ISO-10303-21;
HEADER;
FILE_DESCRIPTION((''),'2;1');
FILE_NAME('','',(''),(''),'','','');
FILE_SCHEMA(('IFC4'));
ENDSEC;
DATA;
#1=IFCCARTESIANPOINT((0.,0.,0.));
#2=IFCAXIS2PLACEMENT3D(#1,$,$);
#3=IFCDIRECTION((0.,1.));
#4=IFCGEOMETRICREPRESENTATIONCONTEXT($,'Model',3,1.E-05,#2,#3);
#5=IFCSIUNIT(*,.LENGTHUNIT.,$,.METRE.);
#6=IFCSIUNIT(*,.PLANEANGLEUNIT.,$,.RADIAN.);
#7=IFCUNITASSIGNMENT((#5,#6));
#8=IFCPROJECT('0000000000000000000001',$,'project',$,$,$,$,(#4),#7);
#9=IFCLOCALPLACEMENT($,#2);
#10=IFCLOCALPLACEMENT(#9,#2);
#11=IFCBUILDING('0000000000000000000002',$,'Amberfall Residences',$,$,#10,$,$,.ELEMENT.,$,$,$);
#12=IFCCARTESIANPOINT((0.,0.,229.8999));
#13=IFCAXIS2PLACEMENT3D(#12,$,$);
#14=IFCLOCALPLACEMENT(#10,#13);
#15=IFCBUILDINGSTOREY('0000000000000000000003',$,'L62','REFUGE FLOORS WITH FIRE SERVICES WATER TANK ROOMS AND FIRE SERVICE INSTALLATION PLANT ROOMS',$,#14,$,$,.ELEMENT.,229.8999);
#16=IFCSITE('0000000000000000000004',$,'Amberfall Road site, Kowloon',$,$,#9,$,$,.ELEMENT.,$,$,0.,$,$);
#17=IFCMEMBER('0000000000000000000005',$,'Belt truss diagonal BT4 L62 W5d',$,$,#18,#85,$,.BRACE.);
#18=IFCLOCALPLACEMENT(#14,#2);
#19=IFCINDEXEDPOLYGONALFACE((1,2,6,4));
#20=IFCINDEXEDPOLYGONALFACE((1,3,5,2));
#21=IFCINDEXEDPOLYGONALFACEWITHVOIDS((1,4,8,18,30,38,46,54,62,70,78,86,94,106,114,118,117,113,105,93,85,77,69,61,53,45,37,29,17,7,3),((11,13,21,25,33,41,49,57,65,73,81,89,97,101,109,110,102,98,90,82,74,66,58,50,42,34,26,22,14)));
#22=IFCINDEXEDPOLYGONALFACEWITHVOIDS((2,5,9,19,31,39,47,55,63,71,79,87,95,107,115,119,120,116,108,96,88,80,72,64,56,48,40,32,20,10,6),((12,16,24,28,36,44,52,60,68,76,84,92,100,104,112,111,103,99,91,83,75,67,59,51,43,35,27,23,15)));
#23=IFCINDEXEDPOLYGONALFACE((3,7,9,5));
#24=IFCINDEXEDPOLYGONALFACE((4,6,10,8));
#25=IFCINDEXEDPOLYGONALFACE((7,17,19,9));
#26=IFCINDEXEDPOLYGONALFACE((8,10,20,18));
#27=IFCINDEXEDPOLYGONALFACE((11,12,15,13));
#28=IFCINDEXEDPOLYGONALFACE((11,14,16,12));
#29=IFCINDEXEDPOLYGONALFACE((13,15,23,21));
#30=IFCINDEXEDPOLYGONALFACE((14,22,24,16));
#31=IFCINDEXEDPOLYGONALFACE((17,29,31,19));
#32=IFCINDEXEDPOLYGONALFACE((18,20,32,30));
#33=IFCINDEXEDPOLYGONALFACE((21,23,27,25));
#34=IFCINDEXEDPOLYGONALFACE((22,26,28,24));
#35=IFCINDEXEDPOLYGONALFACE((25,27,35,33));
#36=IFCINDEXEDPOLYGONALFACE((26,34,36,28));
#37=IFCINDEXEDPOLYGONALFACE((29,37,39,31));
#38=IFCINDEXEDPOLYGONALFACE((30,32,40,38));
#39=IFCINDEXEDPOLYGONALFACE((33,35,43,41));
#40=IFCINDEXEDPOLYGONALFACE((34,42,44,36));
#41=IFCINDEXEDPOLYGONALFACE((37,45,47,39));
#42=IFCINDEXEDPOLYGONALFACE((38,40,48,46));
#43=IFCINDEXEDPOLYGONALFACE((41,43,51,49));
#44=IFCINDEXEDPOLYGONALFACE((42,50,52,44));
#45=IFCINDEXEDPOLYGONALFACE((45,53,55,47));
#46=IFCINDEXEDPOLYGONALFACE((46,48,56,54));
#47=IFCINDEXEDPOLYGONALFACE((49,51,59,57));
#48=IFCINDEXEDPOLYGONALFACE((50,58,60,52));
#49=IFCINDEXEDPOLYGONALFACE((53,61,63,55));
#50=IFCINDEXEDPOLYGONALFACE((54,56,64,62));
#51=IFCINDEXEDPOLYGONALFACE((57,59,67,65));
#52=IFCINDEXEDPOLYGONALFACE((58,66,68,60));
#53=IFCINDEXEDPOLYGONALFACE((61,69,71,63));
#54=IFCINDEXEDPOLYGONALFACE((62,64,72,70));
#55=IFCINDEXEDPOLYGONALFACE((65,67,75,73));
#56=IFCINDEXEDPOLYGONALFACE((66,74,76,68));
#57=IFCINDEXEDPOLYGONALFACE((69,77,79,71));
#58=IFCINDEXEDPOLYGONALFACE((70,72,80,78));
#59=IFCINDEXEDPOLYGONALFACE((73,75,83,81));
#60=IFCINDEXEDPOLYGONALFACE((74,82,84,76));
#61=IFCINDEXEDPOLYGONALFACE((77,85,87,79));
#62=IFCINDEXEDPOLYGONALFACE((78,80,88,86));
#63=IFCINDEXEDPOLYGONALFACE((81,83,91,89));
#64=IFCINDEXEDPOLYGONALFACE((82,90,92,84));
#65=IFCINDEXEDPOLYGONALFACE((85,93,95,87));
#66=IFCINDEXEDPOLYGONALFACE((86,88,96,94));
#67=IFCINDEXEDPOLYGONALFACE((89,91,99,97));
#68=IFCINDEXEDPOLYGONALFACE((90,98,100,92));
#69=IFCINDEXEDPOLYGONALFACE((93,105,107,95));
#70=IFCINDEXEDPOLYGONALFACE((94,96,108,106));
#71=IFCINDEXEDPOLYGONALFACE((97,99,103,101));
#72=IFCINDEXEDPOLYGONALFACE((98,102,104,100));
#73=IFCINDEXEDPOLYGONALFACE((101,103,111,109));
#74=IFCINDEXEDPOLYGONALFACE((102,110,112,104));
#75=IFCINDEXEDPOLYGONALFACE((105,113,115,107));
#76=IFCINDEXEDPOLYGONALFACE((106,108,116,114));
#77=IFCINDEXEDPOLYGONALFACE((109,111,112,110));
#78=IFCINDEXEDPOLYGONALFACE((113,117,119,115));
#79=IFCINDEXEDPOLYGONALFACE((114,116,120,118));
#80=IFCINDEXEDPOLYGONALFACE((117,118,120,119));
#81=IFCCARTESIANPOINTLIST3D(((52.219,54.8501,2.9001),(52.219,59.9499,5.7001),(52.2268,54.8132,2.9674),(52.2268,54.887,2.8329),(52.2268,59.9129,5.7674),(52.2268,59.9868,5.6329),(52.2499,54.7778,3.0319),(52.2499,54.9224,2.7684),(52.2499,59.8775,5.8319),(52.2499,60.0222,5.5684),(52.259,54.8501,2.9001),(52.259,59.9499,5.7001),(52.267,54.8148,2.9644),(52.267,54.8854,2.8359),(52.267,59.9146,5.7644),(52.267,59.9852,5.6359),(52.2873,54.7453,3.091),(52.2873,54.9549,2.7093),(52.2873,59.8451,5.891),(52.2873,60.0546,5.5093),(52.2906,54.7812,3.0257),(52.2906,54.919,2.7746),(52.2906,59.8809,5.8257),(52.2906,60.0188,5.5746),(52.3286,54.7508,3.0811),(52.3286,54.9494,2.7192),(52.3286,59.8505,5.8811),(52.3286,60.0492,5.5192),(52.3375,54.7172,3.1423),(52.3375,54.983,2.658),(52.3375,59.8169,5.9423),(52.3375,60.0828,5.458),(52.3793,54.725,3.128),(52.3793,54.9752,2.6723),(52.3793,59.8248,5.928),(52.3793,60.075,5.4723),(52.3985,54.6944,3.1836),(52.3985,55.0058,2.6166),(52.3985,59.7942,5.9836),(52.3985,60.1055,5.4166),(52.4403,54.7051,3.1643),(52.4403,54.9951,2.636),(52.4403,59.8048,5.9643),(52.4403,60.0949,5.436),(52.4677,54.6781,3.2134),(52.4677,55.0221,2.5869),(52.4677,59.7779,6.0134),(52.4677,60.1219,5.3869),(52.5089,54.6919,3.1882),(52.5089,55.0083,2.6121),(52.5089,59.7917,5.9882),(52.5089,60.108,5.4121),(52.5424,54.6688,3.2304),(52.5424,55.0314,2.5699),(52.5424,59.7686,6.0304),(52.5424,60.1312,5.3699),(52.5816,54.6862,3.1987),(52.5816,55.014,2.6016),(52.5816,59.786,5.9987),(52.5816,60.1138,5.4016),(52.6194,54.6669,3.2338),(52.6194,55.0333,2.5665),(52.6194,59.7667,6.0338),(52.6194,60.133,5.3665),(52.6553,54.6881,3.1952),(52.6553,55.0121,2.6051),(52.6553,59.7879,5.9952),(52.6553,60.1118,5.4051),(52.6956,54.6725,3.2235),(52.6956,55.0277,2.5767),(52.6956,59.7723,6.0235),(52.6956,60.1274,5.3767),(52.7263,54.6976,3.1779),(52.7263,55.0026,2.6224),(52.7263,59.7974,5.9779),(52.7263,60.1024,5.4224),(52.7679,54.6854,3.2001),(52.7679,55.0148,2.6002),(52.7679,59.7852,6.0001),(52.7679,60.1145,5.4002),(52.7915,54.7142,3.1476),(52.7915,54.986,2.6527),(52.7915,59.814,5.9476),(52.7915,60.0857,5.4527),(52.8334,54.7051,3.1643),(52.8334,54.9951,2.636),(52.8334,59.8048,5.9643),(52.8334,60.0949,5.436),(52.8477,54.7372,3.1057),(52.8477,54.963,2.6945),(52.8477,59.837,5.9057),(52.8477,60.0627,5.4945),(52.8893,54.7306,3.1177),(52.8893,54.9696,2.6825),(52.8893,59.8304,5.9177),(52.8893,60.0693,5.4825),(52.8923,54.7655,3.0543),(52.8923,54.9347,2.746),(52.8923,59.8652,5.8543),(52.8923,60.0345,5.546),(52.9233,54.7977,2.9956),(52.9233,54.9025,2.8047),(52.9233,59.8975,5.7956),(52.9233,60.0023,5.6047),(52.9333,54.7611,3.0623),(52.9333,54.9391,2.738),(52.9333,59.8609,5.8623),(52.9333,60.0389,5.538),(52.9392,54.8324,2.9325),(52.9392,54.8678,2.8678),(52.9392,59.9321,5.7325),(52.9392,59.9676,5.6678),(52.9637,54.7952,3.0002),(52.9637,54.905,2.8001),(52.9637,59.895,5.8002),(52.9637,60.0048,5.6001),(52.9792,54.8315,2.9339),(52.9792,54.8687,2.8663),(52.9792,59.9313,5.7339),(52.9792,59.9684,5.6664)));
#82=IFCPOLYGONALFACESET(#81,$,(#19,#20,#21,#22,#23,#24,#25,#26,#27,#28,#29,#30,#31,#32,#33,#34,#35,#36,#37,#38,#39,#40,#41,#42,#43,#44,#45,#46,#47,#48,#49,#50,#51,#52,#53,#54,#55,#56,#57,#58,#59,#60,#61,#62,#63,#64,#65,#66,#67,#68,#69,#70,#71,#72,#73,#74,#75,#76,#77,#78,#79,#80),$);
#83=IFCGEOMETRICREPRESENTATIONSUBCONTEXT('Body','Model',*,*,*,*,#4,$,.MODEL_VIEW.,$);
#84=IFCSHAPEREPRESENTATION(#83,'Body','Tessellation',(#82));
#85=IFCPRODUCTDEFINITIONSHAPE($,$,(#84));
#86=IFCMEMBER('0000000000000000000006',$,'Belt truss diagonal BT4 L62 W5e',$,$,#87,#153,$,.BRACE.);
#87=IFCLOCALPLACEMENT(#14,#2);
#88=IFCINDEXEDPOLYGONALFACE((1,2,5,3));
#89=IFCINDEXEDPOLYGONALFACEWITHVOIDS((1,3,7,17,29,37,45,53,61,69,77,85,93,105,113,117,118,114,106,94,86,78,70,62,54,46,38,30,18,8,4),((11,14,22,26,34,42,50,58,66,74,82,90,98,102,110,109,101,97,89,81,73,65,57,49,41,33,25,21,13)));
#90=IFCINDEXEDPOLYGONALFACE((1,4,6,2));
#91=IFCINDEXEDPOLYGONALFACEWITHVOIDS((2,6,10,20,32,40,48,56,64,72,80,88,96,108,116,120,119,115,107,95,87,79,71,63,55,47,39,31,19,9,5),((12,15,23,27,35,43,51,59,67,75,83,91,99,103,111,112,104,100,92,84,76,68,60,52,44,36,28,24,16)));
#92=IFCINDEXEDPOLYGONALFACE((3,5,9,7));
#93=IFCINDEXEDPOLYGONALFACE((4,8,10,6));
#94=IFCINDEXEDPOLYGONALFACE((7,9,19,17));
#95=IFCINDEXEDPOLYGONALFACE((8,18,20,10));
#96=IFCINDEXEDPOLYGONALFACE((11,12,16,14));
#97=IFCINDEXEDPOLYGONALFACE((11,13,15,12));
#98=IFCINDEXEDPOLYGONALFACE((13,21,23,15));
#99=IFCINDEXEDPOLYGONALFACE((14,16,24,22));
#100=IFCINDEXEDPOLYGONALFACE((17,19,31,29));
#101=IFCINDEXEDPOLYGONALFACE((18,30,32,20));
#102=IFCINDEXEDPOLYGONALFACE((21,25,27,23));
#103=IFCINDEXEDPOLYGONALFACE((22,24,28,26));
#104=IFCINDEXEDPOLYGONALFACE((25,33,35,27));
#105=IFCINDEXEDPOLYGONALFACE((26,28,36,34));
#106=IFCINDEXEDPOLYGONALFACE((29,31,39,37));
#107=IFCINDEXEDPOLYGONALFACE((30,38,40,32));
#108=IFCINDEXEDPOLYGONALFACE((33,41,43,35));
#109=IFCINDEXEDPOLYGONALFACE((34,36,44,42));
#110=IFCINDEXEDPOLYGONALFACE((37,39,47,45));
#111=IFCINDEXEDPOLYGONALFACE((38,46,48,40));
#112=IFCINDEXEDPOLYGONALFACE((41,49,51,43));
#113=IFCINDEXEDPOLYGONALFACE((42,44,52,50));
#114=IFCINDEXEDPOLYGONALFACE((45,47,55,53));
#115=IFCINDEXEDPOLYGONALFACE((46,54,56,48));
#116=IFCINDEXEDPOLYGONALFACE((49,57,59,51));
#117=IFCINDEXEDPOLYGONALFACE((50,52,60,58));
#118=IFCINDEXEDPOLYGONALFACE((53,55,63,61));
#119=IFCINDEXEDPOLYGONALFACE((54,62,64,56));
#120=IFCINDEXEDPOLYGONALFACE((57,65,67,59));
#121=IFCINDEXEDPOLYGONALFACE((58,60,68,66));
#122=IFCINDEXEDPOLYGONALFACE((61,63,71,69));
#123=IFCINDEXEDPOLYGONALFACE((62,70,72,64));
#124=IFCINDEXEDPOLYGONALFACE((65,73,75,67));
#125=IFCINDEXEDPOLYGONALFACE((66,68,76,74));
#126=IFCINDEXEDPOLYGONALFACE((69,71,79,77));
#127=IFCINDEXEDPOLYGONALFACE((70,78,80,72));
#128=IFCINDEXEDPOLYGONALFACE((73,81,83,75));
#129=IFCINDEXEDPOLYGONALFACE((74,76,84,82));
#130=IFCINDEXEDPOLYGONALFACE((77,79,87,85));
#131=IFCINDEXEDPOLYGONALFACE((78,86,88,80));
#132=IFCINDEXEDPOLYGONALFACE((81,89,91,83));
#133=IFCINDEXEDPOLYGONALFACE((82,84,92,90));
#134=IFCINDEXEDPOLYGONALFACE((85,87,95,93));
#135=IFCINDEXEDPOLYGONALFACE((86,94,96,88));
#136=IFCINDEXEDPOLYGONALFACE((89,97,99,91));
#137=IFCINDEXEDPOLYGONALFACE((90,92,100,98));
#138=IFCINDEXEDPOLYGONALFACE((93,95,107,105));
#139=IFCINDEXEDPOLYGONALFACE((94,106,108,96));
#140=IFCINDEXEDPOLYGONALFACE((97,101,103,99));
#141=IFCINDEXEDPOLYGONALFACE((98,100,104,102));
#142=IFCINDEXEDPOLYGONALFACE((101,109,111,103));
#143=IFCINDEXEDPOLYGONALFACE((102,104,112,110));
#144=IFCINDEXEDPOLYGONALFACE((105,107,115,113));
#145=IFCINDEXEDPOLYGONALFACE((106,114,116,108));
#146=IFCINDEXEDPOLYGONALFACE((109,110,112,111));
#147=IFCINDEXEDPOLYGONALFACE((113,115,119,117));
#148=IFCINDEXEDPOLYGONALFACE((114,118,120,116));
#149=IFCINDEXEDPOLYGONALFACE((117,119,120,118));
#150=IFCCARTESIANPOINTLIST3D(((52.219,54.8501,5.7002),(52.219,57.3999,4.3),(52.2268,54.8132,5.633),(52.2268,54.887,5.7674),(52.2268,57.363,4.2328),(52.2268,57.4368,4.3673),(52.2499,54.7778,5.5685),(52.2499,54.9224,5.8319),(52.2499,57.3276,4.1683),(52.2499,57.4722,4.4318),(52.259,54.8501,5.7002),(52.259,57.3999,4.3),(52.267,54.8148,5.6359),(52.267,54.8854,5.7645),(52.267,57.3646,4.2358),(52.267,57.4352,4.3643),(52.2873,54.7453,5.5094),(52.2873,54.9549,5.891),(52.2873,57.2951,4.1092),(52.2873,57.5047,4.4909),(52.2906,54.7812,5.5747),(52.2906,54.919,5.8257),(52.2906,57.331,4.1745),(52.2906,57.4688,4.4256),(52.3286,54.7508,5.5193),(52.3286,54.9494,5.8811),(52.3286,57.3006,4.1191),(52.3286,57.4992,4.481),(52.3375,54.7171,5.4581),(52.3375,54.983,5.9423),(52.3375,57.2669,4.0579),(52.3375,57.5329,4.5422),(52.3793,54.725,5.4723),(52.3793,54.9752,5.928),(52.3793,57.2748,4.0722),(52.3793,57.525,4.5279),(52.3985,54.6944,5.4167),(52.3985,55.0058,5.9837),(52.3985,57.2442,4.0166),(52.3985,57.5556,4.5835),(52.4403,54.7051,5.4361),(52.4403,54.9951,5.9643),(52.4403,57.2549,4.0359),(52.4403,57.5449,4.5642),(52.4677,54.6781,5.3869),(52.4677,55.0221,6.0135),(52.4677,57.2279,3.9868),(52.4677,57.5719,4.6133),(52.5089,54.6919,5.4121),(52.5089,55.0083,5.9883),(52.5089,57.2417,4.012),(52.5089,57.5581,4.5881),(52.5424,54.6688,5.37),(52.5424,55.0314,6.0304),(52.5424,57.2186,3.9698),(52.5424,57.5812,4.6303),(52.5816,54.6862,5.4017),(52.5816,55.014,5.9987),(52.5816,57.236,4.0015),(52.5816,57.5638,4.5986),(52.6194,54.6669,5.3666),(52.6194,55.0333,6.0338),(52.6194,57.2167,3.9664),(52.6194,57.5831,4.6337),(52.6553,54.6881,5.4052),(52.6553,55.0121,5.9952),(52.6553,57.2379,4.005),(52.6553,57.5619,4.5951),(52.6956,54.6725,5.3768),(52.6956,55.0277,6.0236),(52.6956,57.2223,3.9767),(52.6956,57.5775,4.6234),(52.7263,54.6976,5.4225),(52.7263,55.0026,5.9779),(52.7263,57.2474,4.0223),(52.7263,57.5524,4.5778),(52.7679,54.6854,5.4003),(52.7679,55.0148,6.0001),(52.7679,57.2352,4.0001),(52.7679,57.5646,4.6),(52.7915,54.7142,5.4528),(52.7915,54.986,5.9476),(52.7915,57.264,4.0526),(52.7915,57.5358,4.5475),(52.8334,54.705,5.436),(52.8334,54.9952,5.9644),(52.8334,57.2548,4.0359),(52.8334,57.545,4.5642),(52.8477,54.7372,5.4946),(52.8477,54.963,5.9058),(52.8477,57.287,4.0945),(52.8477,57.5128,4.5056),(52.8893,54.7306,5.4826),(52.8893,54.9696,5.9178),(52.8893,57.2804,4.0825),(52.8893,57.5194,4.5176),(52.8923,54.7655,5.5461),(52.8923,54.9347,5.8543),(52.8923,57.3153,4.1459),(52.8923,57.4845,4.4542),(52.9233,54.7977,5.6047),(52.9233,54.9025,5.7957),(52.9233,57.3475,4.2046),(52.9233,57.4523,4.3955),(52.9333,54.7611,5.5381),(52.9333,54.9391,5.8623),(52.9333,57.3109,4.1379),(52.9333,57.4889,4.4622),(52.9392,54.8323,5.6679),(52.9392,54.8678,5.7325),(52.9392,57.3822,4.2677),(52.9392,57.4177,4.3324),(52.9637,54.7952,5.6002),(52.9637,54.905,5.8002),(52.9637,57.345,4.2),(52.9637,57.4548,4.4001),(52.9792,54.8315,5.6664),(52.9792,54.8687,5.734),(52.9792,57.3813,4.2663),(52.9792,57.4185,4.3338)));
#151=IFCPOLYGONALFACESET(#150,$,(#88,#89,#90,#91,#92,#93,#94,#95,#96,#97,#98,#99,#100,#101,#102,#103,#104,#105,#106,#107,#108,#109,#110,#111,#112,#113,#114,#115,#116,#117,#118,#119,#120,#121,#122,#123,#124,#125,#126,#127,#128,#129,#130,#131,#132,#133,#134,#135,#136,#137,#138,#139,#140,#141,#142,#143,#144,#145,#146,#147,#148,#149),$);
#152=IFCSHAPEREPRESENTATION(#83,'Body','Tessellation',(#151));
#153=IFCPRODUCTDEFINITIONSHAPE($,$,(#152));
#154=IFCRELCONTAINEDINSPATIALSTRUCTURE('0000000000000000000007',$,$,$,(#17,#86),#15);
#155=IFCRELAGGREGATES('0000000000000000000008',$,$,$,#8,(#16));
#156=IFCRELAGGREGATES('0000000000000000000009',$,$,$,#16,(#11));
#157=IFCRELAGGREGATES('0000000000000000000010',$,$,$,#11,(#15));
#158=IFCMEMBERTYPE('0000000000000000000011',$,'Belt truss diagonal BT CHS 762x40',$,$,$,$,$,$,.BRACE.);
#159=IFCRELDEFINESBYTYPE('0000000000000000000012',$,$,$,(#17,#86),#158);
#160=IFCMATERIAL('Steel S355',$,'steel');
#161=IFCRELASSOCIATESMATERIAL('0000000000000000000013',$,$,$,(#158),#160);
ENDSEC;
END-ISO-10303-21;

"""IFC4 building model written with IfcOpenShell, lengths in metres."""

from ifc_helpers import new_model, si_unit, direction, frame, origin, origin_2d, place, context, subcontext, project, spatial, hollow_circle, extrude, material, material_profile, profile_set, type_object, element, save


model = new_model("IFC4")

# Units and contexts
model_context = context("Model", 3, precision=1e-05, world=origin(), true_north=direction((0.0, 1.0)))
body_context = subcontext(model_context, "Body", "Model", "MODEL_VIEW")
ifc_project = project(units=[si_unit("LENGTHUNIT", "METRE"), si_unit("PLANEANGLEUNIT", "RADIAN")], contexts=[model_context])

# Site, building, storey
site_placement = place(None, origin())
site = spatial("IfcSite", under=ifc_project, at=site_placement, Name="Amberfall Road site, Kowloon", CompositionType="ELEMENT", RefElevation=0.0)
building_placement = place(site_placement, origin())
building = spatial("IfcBuilding", under=site, at=building_placement, Name="Amberfall Residences", CompositionType="ELEMENT")
storey_placement = place(building_placement, frame((0.0, 0.0, 229.8999)))
storey = spatial("IfcBuildingStorey", under=building, at=storey_placement, Name="L62", Description="REFUGE FLOORS WITH FIRE SERVICES WATER TANK ROOMS AND FIRE SERVICE INSTALLATION PLANT ROOMS", CompositionType="ELEMENT", Elevation=229.8999)

# Shared definitions
ifc_material_1 = material(Name="Steel S355", Category="steel")

# Members
ifc_material_profile_1 = material_profile(ifc_material_1, hollow_circle(Radius=0.3811, WallThickness=0.04, at=origin_2d()), Name="CHS 762x40")
ifc_profile_set_1 = profile_set([ifc_material_profile_1], Name="Steel S355")
member_type_1 = type_object("IfcMemberType", Name="Belt truss diagonal BT CHS 762x40", PredefinedType="BRACE", material=ifc_profile_set_1)
member_1_placement = place(storey_placement, frame((52.6001, 54.8501, 2.9001), z_axis=(0.0, 0.876569, 0.481276), x_axis=(-1.0, 0.0, 0.0)))
element("IfcMember", 1, at=member_1_placement, inside=storey, type_object=member_type_1, Name="Belt truss diagonal BT4 L62 W5d", PredefinedType="BRACE", context=body_context, shape_type="SweptSolid", body=[
    extrude(hollow_circle(Radius=0.3811, WallThickness=0.04, at=origin_2d()), origin(), (0.0, 0.0, 1.0), 5.8179),
])
for number, where, z_axis, x_axis, name in (
    (2, (52.6001, 54.8501, 5.7002), (0.0, 0.876542, -0.481326), (-1.0, 0.0, 0.0), "Belt truss diagonal BT4 L62 W5e"),
):
    element("IfcMember", number, at=place(storey_placement, frame(where, z_axis=z_axis, x_axis=x_axis)), inside=storey, type_object=member_type_1, Name=name, PredefinedType="BRACE", context=body_context, shape_type="SweptSolid", body=[
        extrude(hollow_circle(Radius=0.3811, WallThickness=0.04, at=origin_2d()), origin(), (0.0, 0.0, 1.0), 2.9089),
    ])

save(model, "model.ifc")
